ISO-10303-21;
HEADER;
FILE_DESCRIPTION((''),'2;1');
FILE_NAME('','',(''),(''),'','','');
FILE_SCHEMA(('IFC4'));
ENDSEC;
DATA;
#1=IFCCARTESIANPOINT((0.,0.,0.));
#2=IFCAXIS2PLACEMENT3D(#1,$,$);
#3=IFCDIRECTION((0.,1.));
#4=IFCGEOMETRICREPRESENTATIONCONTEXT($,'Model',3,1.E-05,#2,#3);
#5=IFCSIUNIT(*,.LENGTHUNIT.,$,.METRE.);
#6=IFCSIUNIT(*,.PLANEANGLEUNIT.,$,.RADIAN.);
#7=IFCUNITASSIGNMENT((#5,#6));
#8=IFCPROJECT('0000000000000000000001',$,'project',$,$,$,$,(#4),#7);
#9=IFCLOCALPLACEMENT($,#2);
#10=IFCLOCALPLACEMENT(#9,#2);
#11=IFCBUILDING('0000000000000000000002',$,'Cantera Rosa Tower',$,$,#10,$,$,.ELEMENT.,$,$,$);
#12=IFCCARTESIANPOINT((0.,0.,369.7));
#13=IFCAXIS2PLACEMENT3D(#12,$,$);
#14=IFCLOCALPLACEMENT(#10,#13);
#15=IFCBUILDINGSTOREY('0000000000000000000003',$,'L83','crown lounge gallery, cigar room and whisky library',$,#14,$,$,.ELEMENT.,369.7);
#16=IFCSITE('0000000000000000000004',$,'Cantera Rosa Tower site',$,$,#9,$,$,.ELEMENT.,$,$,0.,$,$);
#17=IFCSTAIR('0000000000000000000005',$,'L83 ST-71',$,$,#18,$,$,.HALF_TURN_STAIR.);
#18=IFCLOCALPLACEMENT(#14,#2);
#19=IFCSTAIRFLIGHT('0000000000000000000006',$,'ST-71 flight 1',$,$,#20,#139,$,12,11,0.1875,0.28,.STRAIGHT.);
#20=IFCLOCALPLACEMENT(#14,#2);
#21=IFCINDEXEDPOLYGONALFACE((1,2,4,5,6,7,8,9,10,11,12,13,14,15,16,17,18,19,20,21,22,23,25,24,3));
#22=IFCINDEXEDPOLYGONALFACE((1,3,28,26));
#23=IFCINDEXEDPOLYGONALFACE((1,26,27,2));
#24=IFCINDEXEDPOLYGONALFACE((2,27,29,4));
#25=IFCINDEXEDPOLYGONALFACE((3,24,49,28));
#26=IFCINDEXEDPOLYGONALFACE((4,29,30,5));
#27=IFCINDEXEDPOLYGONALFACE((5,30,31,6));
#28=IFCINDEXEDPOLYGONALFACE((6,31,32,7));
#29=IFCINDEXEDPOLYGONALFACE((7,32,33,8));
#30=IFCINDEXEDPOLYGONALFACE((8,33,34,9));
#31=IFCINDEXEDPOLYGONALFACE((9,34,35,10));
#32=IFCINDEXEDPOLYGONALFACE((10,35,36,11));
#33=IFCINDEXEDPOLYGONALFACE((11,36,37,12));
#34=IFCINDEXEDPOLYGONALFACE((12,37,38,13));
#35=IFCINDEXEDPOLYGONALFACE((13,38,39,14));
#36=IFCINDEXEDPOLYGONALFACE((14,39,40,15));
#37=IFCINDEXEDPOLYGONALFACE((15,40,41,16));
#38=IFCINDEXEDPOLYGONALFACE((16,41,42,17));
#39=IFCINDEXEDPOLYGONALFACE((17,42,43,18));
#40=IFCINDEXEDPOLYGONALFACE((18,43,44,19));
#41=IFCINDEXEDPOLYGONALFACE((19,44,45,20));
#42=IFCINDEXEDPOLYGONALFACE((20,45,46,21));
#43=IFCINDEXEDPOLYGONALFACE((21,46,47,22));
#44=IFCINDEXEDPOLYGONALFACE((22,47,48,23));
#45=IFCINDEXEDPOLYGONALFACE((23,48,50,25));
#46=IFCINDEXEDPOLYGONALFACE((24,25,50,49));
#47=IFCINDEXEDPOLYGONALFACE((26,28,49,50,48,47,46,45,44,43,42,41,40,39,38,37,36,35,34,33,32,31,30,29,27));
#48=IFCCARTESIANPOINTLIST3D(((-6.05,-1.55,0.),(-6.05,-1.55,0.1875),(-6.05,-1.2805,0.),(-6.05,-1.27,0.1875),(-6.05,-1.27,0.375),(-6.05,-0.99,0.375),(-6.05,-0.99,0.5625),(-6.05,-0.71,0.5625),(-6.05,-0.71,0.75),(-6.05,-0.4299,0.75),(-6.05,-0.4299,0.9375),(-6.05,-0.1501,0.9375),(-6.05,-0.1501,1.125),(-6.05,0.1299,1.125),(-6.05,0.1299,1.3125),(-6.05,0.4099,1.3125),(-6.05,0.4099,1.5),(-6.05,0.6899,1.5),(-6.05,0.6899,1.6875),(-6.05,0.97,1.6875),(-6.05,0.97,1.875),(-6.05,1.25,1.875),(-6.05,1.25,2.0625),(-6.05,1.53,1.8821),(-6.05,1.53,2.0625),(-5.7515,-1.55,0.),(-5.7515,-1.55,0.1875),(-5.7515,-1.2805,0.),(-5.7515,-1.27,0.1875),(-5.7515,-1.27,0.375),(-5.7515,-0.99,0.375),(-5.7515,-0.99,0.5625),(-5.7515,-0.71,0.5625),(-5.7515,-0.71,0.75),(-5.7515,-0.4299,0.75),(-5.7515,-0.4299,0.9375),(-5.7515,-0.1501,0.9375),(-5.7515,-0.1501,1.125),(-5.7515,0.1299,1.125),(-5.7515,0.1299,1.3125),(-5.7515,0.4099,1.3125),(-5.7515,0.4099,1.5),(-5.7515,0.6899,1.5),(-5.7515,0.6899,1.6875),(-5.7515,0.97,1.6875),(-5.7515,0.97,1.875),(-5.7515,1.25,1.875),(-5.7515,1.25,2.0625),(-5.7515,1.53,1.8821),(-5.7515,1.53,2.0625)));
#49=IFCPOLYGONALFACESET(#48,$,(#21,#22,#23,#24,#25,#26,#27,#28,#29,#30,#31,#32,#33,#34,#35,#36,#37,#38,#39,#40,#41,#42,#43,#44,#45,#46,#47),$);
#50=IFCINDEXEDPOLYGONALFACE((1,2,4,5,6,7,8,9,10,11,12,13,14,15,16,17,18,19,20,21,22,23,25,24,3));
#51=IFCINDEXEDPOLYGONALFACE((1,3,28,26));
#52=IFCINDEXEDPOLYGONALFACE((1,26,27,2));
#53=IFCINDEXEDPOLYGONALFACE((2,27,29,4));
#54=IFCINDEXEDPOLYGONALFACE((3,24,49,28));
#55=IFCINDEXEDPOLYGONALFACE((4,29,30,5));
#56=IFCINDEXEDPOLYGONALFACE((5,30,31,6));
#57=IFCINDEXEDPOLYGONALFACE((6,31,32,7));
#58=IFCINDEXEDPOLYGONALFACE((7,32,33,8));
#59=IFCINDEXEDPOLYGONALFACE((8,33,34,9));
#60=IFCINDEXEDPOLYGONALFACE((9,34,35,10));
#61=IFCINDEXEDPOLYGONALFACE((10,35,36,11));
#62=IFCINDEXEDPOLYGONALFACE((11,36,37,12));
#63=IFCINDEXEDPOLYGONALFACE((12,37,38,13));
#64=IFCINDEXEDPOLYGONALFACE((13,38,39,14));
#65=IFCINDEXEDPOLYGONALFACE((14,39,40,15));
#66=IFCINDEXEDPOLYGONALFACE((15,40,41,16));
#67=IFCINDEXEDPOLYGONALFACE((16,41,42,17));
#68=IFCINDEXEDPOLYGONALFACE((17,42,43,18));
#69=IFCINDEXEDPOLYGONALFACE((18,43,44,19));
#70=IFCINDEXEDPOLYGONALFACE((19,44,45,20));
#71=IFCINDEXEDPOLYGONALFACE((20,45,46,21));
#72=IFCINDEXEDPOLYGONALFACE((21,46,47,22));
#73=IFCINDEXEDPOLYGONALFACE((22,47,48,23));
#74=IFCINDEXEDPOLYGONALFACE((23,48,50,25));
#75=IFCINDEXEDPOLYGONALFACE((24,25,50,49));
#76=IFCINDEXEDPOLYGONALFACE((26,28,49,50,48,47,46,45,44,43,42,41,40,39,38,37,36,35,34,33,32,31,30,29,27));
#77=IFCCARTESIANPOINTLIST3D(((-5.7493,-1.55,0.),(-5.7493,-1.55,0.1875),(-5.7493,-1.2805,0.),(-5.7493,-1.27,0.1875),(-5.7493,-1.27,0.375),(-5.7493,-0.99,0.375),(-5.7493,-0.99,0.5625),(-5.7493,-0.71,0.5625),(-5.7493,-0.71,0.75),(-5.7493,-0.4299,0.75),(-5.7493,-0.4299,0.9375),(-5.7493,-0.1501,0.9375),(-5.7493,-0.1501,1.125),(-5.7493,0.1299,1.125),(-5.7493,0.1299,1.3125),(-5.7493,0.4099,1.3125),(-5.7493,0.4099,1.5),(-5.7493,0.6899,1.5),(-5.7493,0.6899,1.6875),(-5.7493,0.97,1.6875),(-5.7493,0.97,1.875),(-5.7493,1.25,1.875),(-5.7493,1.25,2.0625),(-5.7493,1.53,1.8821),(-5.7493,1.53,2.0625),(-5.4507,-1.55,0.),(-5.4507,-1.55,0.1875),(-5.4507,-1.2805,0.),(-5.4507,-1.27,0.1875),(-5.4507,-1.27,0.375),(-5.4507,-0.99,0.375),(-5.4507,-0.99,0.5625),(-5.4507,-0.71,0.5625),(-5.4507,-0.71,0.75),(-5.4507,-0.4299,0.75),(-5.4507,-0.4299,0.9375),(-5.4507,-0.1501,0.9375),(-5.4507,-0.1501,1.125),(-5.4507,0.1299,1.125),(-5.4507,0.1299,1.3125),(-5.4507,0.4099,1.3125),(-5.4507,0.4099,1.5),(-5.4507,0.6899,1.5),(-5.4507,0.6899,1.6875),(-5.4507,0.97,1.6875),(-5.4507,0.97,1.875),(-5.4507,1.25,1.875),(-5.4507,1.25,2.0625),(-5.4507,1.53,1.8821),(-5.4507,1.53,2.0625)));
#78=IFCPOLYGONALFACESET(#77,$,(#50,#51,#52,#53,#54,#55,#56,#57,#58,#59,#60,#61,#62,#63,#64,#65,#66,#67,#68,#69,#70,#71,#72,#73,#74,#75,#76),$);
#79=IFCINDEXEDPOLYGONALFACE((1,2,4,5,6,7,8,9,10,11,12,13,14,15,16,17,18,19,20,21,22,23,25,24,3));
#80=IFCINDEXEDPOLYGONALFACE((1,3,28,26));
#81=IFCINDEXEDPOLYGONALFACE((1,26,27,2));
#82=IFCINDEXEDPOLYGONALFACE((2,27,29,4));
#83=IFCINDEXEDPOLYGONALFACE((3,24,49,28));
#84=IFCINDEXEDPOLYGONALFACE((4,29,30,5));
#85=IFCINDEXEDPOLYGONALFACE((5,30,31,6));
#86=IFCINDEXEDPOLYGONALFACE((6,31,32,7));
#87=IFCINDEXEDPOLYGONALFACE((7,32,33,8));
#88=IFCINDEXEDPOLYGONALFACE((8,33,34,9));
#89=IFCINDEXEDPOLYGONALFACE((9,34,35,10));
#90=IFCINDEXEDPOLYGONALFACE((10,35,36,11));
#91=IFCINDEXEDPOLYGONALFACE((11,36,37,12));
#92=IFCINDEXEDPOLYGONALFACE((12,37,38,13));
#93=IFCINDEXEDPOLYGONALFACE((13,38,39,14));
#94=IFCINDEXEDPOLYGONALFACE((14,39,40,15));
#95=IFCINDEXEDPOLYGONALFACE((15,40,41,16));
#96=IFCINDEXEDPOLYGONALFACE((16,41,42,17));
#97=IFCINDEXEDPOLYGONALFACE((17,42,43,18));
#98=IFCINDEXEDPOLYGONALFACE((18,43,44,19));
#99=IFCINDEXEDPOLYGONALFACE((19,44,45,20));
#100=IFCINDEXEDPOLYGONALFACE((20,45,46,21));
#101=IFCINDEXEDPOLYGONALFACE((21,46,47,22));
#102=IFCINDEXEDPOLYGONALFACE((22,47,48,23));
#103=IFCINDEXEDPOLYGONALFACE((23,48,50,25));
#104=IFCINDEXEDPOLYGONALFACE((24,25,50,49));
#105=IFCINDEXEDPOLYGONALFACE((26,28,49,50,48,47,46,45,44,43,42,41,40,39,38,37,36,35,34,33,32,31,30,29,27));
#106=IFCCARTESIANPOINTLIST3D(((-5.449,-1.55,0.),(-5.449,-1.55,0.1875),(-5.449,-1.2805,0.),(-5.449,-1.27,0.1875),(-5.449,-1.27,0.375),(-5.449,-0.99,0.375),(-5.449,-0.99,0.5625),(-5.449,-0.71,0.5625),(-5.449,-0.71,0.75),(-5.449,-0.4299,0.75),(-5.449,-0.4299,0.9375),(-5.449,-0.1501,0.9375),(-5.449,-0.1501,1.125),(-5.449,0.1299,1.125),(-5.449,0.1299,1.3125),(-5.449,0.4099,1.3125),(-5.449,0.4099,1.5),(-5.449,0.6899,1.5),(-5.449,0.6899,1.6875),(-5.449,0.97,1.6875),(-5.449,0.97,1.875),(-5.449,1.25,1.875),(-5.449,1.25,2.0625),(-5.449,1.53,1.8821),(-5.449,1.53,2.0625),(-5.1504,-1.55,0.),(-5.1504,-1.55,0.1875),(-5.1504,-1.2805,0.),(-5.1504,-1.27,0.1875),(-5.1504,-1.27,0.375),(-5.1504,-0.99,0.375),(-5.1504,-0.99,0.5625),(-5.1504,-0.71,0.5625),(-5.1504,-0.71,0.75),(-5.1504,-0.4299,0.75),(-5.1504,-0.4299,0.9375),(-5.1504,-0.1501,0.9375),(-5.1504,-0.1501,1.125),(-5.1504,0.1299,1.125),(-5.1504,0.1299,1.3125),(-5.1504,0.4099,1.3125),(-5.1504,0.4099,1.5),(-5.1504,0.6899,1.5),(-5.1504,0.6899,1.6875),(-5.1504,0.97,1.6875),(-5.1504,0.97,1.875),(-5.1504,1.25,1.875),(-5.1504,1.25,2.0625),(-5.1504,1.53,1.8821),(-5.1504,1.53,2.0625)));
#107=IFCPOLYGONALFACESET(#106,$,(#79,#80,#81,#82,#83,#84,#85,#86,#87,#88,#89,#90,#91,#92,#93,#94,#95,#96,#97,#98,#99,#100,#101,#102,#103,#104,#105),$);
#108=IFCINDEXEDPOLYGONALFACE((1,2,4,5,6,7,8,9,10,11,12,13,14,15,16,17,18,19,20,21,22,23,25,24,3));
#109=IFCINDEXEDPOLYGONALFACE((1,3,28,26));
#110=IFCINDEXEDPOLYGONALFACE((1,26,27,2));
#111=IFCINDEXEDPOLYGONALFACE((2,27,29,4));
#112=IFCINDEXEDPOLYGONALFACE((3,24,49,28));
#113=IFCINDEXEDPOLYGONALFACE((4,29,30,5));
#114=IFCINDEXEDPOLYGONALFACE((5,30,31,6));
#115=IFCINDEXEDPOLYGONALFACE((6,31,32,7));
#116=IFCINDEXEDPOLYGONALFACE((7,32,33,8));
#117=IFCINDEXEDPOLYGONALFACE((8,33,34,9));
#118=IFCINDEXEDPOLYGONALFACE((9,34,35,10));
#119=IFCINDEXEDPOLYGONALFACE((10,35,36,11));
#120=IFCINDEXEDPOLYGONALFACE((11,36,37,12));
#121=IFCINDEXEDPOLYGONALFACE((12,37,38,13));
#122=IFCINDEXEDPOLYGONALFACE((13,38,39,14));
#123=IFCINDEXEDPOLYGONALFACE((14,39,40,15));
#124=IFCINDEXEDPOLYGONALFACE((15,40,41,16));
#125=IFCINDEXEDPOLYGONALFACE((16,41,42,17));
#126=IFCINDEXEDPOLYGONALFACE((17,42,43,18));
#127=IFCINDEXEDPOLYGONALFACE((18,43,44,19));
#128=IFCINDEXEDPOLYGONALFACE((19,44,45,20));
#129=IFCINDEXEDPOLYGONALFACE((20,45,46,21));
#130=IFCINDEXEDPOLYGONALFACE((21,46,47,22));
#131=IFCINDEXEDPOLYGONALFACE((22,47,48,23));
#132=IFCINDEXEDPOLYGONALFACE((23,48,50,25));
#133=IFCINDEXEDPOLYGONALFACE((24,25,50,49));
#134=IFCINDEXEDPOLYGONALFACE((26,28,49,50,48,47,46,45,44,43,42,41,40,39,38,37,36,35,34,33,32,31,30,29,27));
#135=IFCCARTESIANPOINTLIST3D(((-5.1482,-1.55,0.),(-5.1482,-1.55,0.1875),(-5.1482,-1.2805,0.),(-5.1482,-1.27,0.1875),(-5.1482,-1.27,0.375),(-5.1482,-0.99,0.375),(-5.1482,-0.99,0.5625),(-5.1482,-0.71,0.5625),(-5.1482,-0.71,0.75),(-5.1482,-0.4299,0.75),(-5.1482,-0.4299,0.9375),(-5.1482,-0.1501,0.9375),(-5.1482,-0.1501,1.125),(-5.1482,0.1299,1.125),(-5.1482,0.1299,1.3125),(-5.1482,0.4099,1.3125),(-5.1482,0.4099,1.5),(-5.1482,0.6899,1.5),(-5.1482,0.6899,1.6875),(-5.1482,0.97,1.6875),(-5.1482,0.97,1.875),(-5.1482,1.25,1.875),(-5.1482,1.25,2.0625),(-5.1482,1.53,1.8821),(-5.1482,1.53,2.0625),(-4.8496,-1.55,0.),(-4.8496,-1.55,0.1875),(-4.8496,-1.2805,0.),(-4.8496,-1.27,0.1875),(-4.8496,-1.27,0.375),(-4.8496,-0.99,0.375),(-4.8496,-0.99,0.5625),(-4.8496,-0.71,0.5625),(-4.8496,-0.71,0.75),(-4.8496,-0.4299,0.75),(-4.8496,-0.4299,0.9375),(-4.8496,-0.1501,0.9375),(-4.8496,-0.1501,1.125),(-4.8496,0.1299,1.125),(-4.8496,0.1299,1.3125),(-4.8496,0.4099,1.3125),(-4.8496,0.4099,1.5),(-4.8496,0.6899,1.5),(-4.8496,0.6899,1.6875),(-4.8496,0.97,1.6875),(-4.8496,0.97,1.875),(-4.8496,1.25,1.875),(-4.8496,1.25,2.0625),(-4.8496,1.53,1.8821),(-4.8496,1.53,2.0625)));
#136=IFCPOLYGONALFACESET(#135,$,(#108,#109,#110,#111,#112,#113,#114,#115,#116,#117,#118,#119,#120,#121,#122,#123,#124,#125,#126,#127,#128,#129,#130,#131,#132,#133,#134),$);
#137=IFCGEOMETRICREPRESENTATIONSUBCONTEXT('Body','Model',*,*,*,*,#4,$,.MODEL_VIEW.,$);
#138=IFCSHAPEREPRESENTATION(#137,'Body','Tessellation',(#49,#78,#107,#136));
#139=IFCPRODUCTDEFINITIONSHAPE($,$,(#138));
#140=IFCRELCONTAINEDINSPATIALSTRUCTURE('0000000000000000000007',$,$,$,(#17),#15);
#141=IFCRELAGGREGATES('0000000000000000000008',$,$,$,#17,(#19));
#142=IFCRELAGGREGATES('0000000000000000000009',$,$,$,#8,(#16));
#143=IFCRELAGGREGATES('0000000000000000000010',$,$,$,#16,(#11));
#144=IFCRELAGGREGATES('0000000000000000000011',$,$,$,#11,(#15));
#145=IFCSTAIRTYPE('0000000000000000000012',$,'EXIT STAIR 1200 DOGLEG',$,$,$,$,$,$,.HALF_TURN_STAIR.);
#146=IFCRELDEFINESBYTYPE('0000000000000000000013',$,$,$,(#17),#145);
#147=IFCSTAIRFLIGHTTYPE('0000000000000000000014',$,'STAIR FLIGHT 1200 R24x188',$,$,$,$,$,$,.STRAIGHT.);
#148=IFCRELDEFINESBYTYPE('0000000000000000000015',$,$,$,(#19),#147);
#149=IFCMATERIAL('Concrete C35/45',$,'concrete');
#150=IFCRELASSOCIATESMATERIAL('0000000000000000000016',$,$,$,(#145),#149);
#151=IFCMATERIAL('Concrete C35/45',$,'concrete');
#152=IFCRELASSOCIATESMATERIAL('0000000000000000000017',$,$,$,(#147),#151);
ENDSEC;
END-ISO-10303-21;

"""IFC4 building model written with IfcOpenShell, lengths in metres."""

from ifc_helpers import new_model, si_unit, direction, frame, origin, place, context, subcontext, project, spatial, polyline, outline, extrude, material, type_object, element, aggregate, save


model = new_model("IFC4")

# Units and contexts
model_context = context("Model", 3, precision=1e-05, world=origin(), true_north=direction((0.0, 1.0)))
body_context = subcontext(model_context, "Body", "Model", "MODEL_VIEW")
ifc_project = project(units=[si_unit("LENGTHUNIT", "METRE"), si_unit("PLANEANGLEUNIT", "RADIAN")], contexts=[model_context])

# Site, building, storey
site_placement = place(None, origin())
site = spatial("IfcSite", under=ifc_project, at=site_placement, Name="Cantera Rosa Tower site", CompositionType="ELEMENT", RefElevation=0.0)
building_placement = place(site_placement, origin())
building = spatial("IfcBuilding", under=site, at=building_placement, Name="Cantera Rosa Tower", CompositionType="ELEMENT")
storey_placement = place(building_placement, frame((0.0, 0.0, 369.7)))
storey = spatial("IfcBuildingStorey", under=building, at=storey_placement, Name="L83", Description="crown lounge gallery, cigar room and whisky library", CompositionType="ELEMENT", Elevation=369.7)

# Stair
ifc_material_1 = material(Name="Concrete C35/45", Category="concrete")
stair_type = type_object("IfcStairType", Name="EXIT STAIR 1200 DOGLEG", PredefinedType="HALF_TURN_STAIR", material=ifc_material_1)
stair_placement = place(storey_placement, origin())
stair = element("IfcStair", 1, at=stair_placement, inside=storey, type_object=stair_type, Name="L83 ST-71", PredefinedType="HALF_TURN_STAIR")

# Stair flight
ifc_material_2 = material(Name="Concrete C35/45", Category="concrete")
stair_flight_type = type_object("IfcStairFlightType", Name="STAIR FLIGHT 1200 R24x188", PredefinedType="STRAIGHT", material=ifc_material_2)
stair_flight_placement = place(storey_placement, frame((-5.45, -1.55, 0.0), z_axis=(0.0, 0.0, 1.0), x_axis=(0.0, 1.0, 0.0)))
stair_flight = element("IfcStairFlight", 2, at=stair_flight_placement, type_object=stair_flight_type, Name="ST-71 flight 1", NumberOfRisers=12, NumberOfTreads=11, PredefinedType="STRAIGHT", RiserHeight=0.1875, TreadLength=0.28, context=body_context, shape_type="SweptSolid", body=[
    extrude(outline(polyline([(0.0, 0.0), (0.0, 0.1875), (0.28, 0.1875), (0.28, 0.375), (0.5601, 0.375), (0.5601, 0.5625), (0.8401, 0.5625), (0.8401, 0.75), (1.1201, 0.75), (1.1201, 0.9375), (1.3999, 0.9375), (1.3999, 1.125), (1.6799, 1.125), (1.6799, 1.3125), (1.96, 1.3125), (1.96, 1.5), (2.24, 1.5), (2.24, 1.6875), (2.52, 1.6875), (2.52, 1.875), (2.8, 1.875), (2.8, 2.0625), (3.0801, 2.0625), (3.0801, 2.25), (3.0801, 1.8821), (0.2695, 0.0), (0.0, 0.0)])), frame((0.0, 0.6001, 0.0), z_axis=(0.0, -1.0, 0.0), x_axis=(1.0, 0.0, 0.0)), (0.0, 0.0, 1.0), 0.2986),
    extrude(outline(polyline([(0.0, 0.0), (0.0, 0.1875), (0.28, 0.1875), (0.28, 0.375), (0.5601, 0.375), (0.5601, 0.5625), (0.8401, 0.5625), (0.8401, 0.75), (1.1201, 0.75), (1.1201, 0.9375), (1.3999, 0.9375), (1.3999, 1.125), (1.6799, 1.125), (1.6799, 1.3125), (1.96, 1.3125), (1.96, 1.5), (2.24, 1.5), (2.24, 1.6875), (2.52, 1.6875), (2.52, 1.875), (2.8, 1.875), (2.8, 2.0625), (3.0801, 2.0625), (3.0801, 2.25), (3.0801, 1.8821), (0.2695, 0.0), (0.0, 0.0)])), frame((0.0, 0.2993, 0.0), z_axis=(0.0, -1.0, 0.0), x_axis=(1.0, 0.0, 0.0)), (0.0, 0.0, 1.0), 0.2986),
    extrude(outline(polyline([(0.0, 0.0), (0.0, 0.1875), (0.28, 0.1875), (0.28, 0.375), (0.5601, 0.375), (0.5601, 0.5625), (0.8401, 0.5625), (0.8401, 0.75), (1.1201, 0.75), (1.1201, 0.9375), (1.3999, 0.9375), (1.3999, 1.125), (1.6799, 1.125), (1.6799, 1.3125), (1.96, 1.3125), (1.96, 1.5), (2.24, 1.5), (2.24, 1.6875), (2.52, 1.6875), (2.52, 1.875), (2.8, 1.875), (2.8, 2.0625), (3.0801, 2.0625), (3.0801, 2.25), (3.0801, 1.8821), (0.2695, 0.0), (0.0, 0.0)])), frame((0.0, -0.001, 0.0), z_axis=(0.0, -1.0, 0.0), x_axis=(1.0, 0.0, 0.0)), (0.0, 0.0, 1.0), 0.2986),
    extrude(outline(polyline([(0.0, 0.0), (0.0, 0.1875), (0.28, 0.1875), (0.28, 0.375), (0.5601, 0.375), (0.5601, 0.5625), (0.8401, 0.5625), (0.8401, 0.75), (1.1201, 0.75), (1.1201, 0.9375), (1.3999, 0.9375), (1.3999, 1.125), (1.6799, 1.125), (1.6799, 1.3125), (1.96, 1.3125), (1.96, 1.5), (2.24, 1.5), (2.24, 1.6875), (2.52, 1.6875), (2.52, 1.875), (2.8, 1.875), (2.8, 2.0625), (3.0801, 2.0625), (3.0801, 2.25), (3.0801, 1.8821), (0.2695, 0.0), (0.0, 0.0)])), frame((0.0, -0.3018, 0.0), z_axis=(0.0, -1.0, 0.0), x_axis=(1.0, 0.0, 0.0)), (0.0, 0.0, 1.0), 0.2986),
])
aggregate(stair, [stair_flight])

save(model, "model.ifc")
